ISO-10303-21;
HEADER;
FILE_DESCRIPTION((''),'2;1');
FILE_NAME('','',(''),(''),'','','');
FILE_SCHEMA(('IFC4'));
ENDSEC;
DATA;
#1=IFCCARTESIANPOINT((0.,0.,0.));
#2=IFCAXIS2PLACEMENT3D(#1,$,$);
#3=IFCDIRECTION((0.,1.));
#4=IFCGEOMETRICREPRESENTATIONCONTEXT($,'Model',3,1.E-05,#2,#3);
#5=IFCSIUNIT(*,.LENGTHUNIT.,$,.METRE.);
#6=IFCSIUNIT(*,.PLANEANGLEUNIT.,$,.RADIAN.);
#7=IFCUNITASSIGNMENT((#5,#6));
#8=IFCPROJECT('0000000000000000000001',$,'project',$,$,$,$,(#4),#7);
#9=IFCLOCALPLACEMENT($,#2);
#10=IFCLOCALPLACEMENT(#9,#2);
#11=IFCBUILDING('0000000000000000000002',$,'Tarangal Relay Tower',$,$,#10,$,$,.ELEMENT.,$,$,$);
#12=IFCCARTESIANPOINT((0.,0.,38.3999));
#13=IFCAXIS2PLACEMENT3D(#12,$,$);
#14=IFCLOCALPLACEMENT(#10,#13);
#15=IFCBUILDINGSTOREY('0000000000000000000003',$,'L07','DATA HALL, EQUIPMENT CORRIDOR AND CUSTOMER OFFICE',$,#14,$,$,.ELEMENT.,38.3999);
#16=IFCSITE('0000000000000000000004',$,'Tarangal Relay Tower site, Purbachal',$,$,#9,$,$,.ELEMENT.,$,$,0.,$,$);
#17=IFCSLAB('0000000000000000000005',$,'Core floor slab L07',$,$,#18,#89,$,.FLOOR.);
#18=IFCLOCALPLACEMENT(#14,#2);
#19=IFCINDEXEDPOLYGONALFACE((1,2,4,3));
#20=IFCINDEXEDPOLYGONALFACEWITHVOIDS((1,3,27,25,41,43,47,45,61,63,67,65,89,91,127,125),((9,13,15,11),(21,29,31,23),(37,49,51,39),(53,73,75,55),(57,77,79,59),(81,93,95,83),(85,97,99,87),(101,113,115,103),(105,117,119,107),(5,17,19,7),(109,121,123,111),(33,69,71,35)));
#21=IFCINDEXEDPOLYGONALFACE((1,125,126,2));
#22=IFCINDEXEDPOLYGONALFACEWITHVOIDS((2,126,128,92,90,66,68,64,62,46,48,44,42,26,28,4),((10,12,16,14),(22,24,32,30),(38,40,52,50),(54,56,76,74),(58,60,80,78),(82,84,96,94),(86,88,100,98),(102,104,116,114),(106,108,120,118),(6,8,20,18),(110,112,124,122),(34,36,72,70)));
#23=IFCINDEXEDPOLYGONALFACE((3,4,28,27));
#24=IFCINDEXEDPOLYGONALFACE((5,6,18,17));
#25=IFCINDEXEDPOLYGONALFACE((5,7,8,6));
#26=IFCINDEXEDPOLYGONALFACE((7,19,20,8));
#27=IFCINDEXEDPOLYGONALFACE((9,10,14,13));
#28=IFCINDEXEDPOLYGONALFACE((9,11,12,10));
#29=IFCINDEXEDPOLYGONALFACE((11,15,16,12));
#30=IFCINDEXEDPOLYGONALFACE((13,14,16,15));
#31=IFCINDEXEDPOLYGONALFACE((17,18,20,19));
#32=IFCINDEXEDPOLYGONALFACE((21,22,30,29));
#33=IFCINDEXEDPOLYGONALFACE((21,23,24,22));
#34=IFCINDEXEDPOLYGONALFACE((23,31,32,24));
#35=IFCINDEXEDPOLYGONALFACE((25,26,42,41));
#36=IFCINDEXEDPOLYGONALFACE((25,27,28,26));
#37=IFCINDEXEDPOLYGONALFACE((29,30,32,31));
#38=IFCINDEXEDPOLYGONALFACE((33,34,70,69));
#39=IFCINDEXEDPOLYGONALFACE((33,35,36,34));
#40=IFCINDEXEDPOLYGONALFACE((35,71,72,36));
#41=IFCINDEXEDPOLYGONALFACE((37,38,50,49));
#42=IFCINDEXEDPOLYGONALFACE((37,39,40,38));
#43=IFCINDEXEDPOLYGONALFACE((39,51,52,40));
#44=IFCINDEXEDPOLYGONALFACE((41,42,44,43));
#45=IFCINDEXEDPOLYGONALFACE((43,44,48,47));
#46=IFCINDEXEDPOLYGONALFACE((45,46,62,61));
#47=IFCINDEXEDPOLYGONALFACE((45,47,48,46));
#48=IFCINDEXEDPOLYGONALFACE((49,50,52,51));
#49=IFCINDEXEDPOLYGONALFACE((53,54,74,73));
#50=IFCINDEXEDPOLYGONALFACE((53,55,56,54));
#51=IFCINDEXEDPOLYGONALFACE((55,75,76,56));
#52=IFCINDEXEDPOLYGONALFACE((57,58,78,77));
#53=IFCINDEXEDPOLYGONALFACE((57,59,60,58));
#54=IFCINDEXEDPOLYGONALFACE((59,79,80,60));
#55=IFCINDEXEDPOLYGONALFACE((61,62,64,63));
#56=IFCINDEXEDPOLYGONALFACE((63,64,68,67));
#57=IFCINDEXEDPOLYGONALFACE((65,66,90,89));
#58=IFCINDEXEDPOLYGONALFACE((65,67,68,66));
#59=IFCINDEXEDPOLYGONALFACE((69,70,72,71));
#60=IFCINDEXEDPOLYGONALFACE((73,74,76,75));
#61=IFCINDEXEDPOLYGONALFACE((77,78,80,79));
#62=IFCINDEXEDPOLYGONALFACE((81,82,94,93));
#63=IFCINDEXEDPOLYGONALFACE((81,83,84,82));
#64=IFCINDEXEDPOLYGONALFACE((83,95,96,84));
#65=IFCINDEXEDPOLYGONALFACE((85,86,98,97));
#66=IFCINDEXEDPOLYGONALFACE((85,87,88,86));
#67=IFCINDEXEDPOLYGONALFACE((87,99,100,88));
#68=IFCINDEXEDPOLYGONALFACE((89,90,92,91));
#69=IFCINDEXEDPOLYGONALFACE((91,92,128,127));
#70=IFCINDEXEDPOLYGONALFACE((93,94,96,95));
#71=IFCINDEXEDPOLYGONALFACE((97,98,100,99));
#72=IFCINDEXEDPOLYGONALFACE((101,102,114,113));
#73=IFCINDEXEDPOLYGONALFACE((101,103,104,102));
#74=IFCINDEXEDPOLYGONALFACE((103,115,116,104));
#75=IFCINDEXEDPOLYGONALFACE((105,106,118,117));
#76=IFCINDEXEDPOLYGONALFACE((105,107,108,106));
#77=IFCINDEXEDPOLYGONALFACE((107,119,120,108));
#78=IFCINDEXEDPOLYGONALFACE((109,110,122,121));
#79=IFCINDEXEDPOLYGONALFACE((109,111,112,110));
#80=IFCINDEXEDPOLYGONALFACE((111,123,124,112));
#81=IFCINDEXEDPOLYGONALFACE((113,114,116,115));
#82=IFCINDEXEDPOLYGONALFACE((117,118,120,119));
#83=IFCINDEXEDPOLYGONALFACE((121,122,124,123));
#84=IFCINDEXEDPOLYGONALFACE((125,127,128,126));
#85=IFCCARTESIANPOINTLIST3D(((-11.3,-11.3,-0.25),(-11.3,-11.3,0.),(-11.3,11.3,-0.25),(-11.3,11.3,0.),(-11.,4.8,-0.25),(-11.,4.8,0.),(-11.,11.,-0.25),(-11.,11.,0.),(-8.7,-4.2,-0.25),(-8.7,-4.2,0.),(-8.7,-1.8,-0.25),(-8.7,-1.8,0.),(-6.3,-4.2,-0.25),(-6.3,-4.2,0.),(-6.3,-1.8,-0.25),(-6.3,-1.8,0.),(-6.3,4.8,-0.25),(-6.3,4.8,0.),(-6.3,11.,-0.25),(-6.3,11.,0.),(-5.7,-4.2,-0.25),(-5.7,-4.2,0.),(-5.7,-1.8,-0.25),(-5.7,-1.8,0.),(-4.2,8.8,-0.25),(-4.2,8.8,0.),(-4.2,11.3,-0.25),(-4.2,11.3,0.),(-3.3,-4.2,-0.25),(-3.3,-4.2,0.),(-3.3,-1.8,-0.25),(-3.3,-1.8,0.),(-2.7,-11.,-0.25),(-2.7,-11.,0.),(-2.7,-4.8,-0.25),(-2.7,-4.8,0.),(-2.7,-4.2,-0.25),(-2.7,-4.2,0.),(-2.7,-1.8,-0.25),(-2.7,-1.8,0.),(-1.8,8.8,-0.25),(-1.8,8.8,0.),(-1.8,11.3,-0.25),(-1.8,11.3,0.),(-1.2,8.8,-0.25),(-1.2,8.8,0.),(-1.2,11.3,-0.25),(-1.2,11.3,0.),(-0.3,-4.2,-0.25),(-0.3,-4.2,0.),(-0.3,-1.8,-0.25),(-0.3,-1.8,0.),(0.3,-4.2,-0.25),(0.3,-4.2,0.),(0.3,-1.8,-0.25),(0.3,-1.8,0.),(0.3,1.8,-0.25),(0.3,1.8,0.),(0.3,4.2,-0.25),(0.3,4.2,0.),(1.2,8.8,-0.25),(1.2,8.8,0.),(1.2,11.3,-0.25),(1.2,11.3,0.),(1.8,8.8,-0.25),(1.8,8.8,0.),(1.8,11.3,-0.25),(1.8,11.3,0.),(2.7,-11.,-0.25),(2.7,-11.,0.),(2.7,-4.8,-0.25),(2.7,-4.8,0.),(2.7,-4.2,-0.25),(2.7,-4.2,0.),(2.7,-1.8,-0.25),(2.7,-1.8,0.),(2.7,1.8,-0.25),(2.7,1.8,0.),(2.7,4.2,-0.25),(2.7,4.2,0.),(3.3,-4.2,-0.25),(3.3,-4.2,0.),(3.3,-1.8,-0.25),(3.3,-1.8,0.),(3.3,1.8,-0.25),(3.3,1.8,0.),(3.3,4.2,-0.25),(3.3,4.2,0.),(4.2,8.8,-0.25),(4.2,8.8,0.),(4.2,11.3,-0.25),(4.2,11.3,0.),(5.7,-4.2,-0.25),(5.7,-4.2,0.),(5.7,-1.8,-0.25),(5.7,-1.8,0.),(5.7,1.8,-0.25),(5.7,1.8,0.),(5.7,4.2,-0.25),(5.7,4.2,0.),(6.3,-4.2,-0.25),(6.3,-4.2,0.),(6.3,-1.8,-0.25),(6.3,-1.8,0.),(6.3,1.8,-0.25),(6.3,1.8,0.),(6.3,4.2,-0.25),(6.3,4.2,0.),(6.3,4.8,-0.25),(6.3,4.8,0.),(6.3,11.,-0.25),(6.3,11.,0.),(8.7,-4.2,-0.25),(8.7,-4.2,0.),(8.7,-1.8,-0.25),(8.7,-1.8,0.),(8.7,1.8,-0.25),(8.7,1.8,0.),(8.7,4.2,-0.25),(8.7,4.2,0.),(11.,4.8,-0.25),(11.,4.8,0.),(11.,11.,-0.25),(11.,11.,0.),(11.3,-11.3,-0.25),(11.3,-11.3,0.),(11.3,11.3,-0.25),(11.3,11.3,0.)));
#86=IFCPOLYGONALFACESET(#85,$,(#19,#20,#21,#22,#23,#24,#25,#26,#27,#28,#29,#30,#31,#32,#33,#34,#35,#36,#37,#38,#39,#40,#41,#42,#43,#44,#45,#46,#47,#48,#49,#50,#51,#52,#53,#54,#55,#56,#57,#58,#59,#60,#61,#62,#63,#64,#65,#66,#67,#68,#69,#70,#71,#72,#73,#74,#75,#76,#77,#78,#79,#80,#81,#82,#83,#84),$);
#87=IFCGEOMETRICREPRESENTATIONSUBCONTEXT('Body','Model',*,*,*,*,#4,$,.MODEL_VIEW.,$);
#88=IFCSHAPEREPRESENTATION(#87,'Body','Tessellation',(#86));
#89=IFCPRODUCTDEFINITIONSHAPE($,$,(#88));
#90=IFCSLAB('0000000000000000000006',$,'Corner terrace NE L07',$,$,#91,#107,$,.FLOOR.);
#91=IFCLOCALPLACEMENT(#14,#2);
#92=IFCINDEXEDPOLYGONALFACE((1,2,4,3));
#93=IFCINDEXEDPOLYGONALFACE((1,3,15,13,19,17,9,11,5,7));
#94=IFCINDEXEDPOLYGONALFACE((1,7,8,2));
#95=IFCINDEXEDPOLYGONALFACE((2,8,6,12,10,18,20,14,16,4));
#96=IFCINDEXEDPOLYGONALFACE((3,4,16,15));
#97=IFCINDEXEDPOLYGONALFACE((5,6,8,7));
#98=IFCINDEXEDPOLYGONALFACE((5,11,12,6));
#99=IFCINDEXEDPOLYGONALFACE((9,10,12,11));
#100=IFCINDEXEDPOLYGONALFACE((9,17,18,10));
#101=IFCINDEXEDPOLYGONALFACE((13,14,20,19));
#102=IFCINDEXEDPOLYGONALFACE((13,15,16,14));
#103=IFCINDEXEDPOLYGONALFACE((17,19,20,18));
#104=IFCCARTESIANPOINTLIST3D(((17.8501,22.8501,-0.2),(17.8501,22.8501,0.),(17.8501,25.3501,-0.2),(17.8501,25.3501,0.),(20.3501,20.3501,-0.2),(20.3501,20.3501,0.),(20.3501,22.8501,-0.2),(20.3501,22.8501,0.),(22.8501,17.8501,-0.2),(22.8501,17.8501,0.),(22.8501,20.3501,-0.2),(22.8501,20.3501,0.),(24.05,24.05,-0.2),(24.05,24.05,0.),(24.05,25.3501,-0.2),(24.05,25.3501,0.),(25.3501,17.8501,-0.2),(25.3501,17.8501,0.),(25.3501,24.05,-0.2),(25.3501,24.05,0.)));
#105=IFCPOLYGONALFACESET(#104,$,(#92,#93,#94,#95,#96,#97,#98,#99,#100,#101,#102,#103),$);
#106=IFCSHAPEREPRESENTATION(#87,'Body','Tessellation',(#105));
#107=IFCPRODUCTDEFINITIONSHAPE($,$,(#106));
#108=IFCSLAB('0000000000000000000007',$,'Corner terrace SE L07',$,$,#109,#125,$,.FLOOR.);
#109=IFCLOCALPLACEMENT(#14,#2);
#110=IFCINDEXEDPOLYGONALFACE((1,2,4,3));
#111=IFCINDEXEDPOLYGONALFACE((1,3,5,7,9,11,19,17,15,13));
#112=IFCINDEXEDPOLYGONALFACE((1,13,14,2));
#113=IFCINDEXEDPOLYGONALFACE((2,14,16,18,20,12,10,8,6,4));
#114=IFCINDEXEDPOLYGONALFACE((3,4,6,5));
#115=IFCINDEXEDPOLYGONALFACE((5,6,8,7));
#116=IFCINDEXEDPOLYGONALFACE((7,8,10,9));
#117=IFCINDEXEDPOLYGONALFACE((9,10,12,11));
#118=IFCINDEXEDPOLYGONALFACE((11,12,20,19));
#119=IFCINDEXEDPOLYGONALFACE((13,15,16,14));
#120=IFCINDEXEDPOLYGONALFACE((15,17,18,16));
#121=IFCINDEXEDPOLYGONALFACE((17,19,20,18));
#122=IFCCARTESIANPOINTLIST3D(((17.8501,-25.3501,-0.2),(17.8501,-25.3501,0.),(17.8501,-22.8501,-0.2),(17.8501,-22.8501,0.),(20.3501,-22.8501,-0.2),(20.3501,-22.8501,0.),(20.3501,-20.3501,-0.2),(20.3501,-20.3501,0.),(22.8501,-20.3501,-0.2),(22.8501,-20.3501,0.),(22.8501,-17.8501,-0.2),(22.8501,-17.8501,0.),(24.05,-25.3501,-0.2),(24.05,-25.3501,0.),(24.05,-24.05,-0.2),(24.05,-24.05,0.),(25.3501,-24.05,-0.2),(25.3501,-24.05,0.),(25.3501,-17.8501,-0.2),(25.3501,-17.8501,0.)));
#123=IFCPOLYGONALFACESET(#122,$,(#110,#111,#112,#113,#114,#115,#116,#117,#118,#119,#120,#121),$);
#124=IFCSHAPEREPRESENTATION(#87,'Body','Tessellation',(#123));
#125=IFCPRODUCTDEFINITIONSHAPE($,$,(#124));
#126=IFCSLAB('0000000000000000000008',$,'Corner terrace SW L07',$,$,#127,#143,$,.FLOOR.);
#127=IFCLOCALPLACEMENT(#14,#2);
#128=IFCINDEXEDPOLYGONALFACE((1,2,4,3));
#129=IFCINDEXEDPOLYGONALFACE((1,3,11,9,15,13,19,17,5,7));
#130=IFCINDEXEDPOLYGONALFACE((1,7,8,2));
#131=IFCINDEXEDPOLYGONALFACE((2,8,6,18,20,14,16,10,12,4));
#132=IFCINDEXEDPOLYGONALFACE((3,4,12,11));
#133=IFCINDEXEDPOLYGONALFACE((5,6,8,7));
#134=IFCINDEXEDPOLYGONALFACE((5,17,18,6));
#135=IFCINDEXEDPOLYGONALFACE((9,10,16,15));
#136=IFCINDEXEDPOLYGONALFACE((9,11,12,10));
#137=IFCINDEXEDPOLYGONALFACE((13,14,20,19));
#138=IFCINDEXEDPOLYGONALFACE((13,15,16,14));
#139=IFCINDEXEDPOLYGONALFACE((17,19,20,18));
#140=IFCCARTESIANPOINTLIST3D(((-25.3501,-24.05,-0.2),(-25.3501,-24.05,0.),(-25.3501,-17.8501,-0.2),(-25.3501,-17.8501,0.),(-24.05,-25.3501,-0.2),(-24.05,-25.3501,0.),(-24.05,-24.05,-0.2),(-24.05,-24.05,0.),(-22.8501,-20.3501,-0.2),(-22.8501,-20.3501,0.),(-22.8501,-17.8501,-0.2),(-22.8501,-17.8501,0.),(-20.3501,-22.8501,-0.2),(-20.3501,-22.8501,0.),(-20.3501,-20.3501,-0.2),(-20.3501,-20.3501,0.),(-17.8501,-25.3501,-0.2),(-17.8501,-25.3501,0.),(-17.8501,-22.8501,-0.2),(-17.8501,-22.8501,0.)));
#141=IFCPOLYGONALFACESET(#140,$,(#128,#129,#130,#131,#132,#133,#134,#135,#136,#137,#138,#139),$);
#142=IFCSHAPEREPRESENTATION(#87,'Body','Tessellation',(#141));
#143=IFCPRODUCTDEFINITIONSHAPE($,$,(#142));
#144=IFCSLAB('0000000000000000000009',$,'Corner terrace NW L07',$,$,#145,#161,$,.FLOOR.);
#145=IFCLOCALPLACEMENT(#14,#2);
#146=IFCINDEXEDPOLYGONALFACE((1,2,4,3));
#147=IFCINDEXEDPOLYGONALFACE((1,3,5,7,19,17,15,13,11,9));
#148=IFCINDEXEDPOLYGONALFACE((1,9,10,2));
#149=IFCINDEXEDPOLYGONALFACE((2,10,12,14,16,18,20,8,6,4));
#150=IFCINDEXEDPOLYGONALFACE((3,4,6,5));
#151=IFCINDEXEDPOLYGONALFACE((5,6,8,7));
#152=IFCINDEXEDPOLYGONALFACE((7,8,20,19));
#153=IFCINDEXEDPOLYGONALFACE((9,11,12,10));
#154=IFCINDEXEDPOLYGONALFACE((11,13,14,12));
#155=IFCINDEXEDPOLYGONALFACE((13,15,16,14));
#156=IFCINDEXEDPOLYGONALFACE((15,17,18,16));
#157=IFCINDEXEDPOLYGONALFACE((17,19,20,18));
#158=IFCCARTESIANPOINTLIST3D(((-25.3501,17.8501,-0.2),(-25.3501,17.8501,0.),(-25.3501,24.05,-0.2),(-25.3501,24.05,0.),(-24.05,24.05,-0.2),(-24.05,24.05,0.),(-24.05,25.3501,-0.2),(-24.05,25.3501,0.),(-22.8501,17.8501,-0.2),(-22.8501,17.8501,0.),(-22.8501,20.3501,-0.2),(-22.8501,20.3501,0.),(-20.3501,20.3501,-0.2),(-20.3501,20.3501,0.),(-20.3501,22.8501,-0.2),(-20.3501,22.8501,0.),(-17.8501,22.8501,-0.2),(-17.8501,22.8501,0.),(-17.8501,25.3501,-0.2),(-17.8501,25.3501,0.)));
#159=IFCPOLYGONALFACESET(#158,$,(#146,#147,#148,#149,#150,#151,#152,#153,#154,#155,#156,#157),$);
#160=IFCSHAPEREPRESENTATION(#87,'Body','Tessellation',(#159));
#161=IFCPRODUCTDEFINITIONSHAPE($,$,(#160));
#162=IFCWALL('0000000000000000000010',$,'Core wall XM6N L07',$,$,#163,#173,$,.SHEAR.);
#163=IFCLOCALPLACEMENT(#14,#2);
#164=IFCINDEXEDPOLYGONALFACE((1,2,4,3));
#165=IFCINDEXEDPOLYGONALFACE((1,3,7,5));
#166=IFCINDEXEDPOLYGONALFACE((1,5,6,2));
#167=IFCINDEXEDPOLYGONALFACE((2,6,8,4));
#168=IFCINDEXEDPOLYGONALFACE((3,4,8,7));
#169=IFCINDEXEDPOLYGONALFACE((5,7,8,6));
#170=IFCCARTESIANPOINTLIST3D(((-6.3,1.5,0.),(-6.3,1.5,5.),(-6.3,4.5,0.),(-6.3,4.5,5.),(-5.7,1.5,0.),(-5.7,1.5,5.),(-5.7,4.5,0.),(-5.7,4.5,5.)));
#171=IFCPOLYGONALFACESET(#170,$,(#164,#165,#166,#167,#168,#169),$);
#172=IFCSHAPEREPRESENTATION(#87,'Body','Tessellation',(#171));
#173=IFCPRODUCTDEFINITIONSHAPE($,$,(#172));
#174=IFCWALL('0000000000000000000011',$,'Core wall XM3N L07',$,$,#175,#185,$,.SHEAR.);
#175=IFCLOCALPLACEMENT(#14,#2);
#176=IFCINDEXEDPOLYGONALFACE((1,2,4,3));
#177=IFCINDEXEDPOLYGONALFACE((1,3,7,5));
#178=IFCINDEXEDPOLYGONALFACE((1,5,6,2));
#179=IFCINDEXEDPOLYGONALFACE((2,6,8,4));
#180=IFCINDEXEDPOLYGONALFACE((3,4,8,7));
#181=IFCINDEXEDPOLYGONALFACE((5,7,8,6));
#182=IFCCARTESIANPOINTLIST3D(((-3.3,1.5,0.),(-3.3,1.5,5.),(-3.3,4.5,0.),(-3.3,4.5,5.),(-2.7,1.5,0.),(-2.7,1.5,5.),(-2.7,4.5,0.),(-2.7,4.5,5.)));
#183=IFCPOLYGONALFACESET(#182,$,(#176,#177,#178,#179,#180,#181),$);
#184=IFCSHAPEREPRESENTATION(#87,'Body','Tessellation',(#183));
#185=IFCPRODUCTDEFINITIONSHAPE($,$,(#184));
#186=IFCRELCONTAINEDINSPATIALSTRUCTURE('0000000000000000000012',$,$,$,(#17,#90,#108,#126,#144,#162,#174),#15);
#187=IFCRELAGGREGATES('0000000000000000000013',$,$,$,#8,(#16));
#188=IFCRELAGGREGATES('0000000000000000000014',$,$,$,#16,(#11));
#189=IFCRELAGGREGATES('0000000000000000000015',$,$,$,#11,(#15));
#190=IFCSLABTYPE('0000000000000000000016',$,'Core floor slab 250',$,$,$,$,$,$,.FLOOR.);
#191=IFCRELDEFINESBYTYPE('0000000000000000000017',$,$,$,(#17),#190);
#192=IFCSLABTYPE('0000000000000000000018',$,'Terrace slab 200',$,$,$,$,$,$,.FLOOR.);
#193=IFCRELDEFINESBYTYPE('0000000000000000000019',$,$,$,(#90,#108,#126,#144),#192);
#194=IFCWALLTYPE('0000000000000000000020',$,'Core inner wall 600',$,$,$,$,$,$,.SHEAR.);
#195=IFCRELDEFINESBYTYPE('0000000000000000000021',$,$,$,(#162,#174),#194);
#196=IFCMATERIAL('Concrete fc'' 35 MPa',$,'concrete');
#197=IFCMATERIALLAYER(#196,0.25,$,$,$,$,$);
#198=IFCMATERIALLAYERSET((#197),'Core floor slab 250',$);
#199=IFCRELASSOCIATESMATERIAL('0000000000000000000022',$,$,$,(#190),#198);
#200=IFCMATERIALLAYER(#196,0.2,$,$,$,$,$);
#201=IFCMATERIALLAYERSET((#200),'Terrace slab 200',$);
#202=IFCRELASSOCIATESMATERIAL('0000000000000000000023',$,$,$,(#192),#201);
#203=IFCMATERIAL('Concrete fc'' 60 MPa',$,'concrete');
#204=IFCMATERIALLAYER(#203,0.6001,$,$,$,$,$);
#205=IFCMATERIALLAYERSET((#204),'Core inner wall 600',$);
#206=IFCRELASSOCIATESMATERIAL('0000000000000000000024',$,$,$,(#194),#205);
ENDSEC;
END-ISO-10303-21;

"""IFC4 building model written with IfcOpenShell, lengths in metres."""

from ifc_helpers import new_model, si_unit, direction, frame, frame_2d, origin, place, context, subcontext, project, spatial, polyline, rectangle, outline, extrude, material, layer, layer_set, type_object, element, save


model = new_model("IFC4")

# Units and contexts
model_context = context("Model", 3, precision=1e-05, world=origin(), true_north=direction((0.0, 1.0)))
body_context = subcontext(model_context, "Body", "Model", "MODEL_VIEW")
ifc_project = project(units=[si_unit("LENGTHUNIT", "METRE"), si_unit("PLANEANGLEUNIT", "RADIAN")], contexts=[model_context])

# Site, building, storey
site_placement = place(None, origin())
site = spatial("IfcSite", under=ifc_project, at=site_placement, Name="Tarangal Relay Tower site, Purbachal", CompositionType="ELEMENT", RefElevation=0.0)
building_placement = place(site_placement, origin())
building = spatial("IfcBuilding", under=site, at=building_placement, Name="Tarangal Relay Tower", CompositionType="ELEMENT")
storey_placement = place(building_placement, frame((0.0, 0.0, 38.3999)))
storey = spatial("IfcBuildingStorey", under=building, at=storey_placement, Name="L07", Description="DATA HALL, EQUIPMENT CORRIDOR AND CUSTOMER OFFICE", CompositionType="ELEMENT", Elevation=38.3999)

# Slabs
ifc_material_1 = material(Name="Concrete fc' 35 MPa", Category="concrete")
ifc_layer_1 = layer(ifc_material_1, 0.25)
ifc_layer_set_1 = layer_set([ifc_layer_1], Name="Core floor slab 250")
slab_type_1 = type_object("IfcSlabType", Name="Core floor slab 250", PredefinedType="FLOOR", material=ifc_layer_set_1)
slab_1_placement = place(storey_placement, frame((0.0, 0.0, -0.25)))
element("IfcSlab", 1, at=slab_1_placement, inside=storey, type_object=slab_type_1, Name="Core floor slab L07", PredefinedType="FLOOR", context=body_context, shape_type="SweptSolid", body=[
    extrude(outline(polyline([(11.3, 11.3), (11.3, -11.3), (-11.3, -11.3), (-11.3, 11.3), (-4.2, 11.3), (-4.2, 8.8), (-1.8, 8.8), (-1.8, 11.3), (-1.2, 11.3), (-1.2, 8.8), (1.2, 8.8), (1.2, 11.3), (1.8, 11.3), (1.8, 8.8), (4.2, 8.8), (4.2, 11.3), (11.3, 11.3)]), holes=[polyline([(2.7, -4.8), (-2.7, -4.8), (-2.7, -11.0), (2.7, -11.0), (2.7, -4.8)]), polyline([(-6.3, -4.2), (-6.3, -1.8), (-8.7, -1.8), (-8.7, -4.2), (-6.3, -4.2)]), polyline([(-3.3, -4.2), (-3.3, -1.8), (-5.7, -1.8), (-5.7, -4.2), (-3.3, -4.2)]), polyline([(-0.3, -4.2), (-0.3, -1.8), (-2.7, -1.8), (-2.7, -4.2), (-0.3, -4.2)]), polyline([(2.7, 1.8), (2.7, 4.2), (0.3, 4.2), (0.3, 1.8), (2.7, 1.8)]), polyline([(-6.3, 4.8), (-6.3, 11.0), (-11.0, 11.0), (-11.0, 4.8), (-6.3, 4.8)]), polyline([(2.7, -4.2), (2.7, -1.8), (0.3, -1.8), (0.3, -4.2), (2.7, -4.2)]), polyline([(5.7, -4.2), (5.7, -1.8), (3.3, -1.8), (3.3, -4.2), (5.7, -4.2)]), polyline([(8.7, -4.2), (8.7, -1.8), (6.3, -1.8), (6.3, -4.2), (8.7, -4.2)]), polyline([(5.7, 1.8), (5.7, 4.2), (3.3, 4.2), (3.3, 1.8), (5.7, 1.8)]), polyline([(8.7, 1.8), (8.7, 4.2), (6.3, 4.2), (6.3, 1.8), (8.7, 1.8)]), polyline([(11.0, 4.8), (11.0, 11.0), (6.3, 11.0), (6.3, 4.8), (11.0, 4.8)])]), origin(), (0.0, 0.0, 1.0), 0.25),
])
ifc_layer_2 = layer(ifc_material_1, 0.2)
ifc_layer_set_2 = layer_set([ifc_layer_2], Name="Terrace slab 200")
slab_type_2 = type_object("IfcSlabType", Name="Terrace slab 200", PredefinedType="FLOOR", material=ifc_layer_set_2)
slab_2_placement = place(storey_placement, frame((0.0, 0.0, -0.2)))
element("IfcSlab", 2, at=slab_2_placement, inside=storey, type_object=slab_type_2, Name="Corner terrace NE L07", PredefinedType="FLOOR", context=body_context, shape_type="SweptSolid", body=[
    extrude(outline(polyline([(17.8501, 25.3501), (17.8501, 22.8501), (20.3501, 22.8501), (20.3501, 20.3501), (22.8501, 20.3501), (22.8501, 17.8501), (25.3501, 17.8501), (25.3501, 24.05), (24.05, 24.05), (24.05, 25.3501), (17.8501, 25.3501)])), origin(), (0.0, 0.0, 1.0), 0.2),
])
slab_3_placement = place(storey_placement, frame((0.0, 0.0, -0.2)))
element("IfcSlab", 3, at=slab_3_placement, inside=storey, type_object=slab_type_2, Name="Corner terrace SE L07", PredefinedType="FLOOR", context=body_context, shape_type="SweptSolid", body=[
    extrude(outline(polyline([(25.3501, -17.8501), (22.8501, -17.8501), (22.8501, -20.3501), (20.3501, -20.3501), (20.3501, -22.8501), (17.8501, -22.8501), (17.8501, -25.3501), (24.05, -25.3501), (24.05, -24.05), (25.3501, -24.05), (25.3501, -17.8501)])), origin(), (0.0, 0.0, 1.0), 0.2),
])
slab_4_placement = place(storey_placement, frame((0.0, 0.0, -0.2)))
element("IfcSlab", 4, at=slab_4_placement, inside=storey, type_object=slab_type_2, Name="Corner terrace SW L07", PredefinedType="FLOOR", context=body_context, shape_type="SweptSolid", body=[
    extrude(outline(polyline([(-17.8501, -25.3501), (-17.8501, -22.8501), (-20.3501, -22.8501), (-20.3501, -20.3501), (-22.8501, -20.3501), (-22.8501, -17.8501), (-25.3501, -17.8501), (-25.3501, -24.05), (-24.05, -24.05), (-24.05, -25.3501), (-17.8501, -25.3501)])), origin(), (0.0, 0.0, 1.0), 0.2),
])
slab_5_placement = place(storey_placement, frame((0.0, 0.0, -0.2)))
element("IfcSlab", 5, at=slab_5_placement, inside=storey, type_object=slab_type_2, Name="Corner terrace NW L07", PredefinedType="FLOOR", context=body_context, shape_type="SweptSolid", body=[
    extrude(outline(polyline([(-25.3501, 17.8501), (-22.8501, 17.8501), (-22.8501, 20.3501), (-20.3501, 20.3501), (-20.3501, 22.8501), (-17.8501, 22.8501), (-17.8501, 25.3501), (-24.05, 25.3501), (-24.05, 24.05), (-25.3501, 24.05), (-25.3501, 17.8501)])), origin(), (0.0, 0.0, 1.0), 0.2),
])

# Shared definitions
ifc_material_2 = material(Name="Concrete fc' 60 MPa", Category="concrete")
ifc_layer_3 = layer(ifc_material_2, 0.6001)
ifc_layer_set_3 = layer_set([ifc_layer_3], Name="Core inner wall 600")
wall_type = type_object("IfcWallType", Name="Core inner wall 600", PredefinedType="SHEAR", material=ifc_layer_set_3)

# Walls
for number, where, z_axis, x_axis, name in (
    (6, (-6.0, 1.5, 0.0), (0.0, 0.0, 1.0), (0.0, 1.0, 0.0), "Core wall XM6N L07"),
    (7, (-3.0, 1.5, 0.0), (0.0, 0.0, 1.0), (0.0, 1.0, 0.0), "Core wall XM3N L07"),
):
    element("IfcWall", number, at=place(storey_placement, frame(where, z_axis=z_axis, x_axis=x_axis)), inside=storey, type_object=wall_type, Name=name, PredefinedType="SHEAR", context=body_context, shape_type="SweptSolid", body=[
        extrude(rectangle(XDim=3.0, YDim=0.6001, at=frame_2d((1.5, 0.0))), origin(), (0.0, 0.0, 1.0), 5.0),
    ])

save(model, "model.ifc")
